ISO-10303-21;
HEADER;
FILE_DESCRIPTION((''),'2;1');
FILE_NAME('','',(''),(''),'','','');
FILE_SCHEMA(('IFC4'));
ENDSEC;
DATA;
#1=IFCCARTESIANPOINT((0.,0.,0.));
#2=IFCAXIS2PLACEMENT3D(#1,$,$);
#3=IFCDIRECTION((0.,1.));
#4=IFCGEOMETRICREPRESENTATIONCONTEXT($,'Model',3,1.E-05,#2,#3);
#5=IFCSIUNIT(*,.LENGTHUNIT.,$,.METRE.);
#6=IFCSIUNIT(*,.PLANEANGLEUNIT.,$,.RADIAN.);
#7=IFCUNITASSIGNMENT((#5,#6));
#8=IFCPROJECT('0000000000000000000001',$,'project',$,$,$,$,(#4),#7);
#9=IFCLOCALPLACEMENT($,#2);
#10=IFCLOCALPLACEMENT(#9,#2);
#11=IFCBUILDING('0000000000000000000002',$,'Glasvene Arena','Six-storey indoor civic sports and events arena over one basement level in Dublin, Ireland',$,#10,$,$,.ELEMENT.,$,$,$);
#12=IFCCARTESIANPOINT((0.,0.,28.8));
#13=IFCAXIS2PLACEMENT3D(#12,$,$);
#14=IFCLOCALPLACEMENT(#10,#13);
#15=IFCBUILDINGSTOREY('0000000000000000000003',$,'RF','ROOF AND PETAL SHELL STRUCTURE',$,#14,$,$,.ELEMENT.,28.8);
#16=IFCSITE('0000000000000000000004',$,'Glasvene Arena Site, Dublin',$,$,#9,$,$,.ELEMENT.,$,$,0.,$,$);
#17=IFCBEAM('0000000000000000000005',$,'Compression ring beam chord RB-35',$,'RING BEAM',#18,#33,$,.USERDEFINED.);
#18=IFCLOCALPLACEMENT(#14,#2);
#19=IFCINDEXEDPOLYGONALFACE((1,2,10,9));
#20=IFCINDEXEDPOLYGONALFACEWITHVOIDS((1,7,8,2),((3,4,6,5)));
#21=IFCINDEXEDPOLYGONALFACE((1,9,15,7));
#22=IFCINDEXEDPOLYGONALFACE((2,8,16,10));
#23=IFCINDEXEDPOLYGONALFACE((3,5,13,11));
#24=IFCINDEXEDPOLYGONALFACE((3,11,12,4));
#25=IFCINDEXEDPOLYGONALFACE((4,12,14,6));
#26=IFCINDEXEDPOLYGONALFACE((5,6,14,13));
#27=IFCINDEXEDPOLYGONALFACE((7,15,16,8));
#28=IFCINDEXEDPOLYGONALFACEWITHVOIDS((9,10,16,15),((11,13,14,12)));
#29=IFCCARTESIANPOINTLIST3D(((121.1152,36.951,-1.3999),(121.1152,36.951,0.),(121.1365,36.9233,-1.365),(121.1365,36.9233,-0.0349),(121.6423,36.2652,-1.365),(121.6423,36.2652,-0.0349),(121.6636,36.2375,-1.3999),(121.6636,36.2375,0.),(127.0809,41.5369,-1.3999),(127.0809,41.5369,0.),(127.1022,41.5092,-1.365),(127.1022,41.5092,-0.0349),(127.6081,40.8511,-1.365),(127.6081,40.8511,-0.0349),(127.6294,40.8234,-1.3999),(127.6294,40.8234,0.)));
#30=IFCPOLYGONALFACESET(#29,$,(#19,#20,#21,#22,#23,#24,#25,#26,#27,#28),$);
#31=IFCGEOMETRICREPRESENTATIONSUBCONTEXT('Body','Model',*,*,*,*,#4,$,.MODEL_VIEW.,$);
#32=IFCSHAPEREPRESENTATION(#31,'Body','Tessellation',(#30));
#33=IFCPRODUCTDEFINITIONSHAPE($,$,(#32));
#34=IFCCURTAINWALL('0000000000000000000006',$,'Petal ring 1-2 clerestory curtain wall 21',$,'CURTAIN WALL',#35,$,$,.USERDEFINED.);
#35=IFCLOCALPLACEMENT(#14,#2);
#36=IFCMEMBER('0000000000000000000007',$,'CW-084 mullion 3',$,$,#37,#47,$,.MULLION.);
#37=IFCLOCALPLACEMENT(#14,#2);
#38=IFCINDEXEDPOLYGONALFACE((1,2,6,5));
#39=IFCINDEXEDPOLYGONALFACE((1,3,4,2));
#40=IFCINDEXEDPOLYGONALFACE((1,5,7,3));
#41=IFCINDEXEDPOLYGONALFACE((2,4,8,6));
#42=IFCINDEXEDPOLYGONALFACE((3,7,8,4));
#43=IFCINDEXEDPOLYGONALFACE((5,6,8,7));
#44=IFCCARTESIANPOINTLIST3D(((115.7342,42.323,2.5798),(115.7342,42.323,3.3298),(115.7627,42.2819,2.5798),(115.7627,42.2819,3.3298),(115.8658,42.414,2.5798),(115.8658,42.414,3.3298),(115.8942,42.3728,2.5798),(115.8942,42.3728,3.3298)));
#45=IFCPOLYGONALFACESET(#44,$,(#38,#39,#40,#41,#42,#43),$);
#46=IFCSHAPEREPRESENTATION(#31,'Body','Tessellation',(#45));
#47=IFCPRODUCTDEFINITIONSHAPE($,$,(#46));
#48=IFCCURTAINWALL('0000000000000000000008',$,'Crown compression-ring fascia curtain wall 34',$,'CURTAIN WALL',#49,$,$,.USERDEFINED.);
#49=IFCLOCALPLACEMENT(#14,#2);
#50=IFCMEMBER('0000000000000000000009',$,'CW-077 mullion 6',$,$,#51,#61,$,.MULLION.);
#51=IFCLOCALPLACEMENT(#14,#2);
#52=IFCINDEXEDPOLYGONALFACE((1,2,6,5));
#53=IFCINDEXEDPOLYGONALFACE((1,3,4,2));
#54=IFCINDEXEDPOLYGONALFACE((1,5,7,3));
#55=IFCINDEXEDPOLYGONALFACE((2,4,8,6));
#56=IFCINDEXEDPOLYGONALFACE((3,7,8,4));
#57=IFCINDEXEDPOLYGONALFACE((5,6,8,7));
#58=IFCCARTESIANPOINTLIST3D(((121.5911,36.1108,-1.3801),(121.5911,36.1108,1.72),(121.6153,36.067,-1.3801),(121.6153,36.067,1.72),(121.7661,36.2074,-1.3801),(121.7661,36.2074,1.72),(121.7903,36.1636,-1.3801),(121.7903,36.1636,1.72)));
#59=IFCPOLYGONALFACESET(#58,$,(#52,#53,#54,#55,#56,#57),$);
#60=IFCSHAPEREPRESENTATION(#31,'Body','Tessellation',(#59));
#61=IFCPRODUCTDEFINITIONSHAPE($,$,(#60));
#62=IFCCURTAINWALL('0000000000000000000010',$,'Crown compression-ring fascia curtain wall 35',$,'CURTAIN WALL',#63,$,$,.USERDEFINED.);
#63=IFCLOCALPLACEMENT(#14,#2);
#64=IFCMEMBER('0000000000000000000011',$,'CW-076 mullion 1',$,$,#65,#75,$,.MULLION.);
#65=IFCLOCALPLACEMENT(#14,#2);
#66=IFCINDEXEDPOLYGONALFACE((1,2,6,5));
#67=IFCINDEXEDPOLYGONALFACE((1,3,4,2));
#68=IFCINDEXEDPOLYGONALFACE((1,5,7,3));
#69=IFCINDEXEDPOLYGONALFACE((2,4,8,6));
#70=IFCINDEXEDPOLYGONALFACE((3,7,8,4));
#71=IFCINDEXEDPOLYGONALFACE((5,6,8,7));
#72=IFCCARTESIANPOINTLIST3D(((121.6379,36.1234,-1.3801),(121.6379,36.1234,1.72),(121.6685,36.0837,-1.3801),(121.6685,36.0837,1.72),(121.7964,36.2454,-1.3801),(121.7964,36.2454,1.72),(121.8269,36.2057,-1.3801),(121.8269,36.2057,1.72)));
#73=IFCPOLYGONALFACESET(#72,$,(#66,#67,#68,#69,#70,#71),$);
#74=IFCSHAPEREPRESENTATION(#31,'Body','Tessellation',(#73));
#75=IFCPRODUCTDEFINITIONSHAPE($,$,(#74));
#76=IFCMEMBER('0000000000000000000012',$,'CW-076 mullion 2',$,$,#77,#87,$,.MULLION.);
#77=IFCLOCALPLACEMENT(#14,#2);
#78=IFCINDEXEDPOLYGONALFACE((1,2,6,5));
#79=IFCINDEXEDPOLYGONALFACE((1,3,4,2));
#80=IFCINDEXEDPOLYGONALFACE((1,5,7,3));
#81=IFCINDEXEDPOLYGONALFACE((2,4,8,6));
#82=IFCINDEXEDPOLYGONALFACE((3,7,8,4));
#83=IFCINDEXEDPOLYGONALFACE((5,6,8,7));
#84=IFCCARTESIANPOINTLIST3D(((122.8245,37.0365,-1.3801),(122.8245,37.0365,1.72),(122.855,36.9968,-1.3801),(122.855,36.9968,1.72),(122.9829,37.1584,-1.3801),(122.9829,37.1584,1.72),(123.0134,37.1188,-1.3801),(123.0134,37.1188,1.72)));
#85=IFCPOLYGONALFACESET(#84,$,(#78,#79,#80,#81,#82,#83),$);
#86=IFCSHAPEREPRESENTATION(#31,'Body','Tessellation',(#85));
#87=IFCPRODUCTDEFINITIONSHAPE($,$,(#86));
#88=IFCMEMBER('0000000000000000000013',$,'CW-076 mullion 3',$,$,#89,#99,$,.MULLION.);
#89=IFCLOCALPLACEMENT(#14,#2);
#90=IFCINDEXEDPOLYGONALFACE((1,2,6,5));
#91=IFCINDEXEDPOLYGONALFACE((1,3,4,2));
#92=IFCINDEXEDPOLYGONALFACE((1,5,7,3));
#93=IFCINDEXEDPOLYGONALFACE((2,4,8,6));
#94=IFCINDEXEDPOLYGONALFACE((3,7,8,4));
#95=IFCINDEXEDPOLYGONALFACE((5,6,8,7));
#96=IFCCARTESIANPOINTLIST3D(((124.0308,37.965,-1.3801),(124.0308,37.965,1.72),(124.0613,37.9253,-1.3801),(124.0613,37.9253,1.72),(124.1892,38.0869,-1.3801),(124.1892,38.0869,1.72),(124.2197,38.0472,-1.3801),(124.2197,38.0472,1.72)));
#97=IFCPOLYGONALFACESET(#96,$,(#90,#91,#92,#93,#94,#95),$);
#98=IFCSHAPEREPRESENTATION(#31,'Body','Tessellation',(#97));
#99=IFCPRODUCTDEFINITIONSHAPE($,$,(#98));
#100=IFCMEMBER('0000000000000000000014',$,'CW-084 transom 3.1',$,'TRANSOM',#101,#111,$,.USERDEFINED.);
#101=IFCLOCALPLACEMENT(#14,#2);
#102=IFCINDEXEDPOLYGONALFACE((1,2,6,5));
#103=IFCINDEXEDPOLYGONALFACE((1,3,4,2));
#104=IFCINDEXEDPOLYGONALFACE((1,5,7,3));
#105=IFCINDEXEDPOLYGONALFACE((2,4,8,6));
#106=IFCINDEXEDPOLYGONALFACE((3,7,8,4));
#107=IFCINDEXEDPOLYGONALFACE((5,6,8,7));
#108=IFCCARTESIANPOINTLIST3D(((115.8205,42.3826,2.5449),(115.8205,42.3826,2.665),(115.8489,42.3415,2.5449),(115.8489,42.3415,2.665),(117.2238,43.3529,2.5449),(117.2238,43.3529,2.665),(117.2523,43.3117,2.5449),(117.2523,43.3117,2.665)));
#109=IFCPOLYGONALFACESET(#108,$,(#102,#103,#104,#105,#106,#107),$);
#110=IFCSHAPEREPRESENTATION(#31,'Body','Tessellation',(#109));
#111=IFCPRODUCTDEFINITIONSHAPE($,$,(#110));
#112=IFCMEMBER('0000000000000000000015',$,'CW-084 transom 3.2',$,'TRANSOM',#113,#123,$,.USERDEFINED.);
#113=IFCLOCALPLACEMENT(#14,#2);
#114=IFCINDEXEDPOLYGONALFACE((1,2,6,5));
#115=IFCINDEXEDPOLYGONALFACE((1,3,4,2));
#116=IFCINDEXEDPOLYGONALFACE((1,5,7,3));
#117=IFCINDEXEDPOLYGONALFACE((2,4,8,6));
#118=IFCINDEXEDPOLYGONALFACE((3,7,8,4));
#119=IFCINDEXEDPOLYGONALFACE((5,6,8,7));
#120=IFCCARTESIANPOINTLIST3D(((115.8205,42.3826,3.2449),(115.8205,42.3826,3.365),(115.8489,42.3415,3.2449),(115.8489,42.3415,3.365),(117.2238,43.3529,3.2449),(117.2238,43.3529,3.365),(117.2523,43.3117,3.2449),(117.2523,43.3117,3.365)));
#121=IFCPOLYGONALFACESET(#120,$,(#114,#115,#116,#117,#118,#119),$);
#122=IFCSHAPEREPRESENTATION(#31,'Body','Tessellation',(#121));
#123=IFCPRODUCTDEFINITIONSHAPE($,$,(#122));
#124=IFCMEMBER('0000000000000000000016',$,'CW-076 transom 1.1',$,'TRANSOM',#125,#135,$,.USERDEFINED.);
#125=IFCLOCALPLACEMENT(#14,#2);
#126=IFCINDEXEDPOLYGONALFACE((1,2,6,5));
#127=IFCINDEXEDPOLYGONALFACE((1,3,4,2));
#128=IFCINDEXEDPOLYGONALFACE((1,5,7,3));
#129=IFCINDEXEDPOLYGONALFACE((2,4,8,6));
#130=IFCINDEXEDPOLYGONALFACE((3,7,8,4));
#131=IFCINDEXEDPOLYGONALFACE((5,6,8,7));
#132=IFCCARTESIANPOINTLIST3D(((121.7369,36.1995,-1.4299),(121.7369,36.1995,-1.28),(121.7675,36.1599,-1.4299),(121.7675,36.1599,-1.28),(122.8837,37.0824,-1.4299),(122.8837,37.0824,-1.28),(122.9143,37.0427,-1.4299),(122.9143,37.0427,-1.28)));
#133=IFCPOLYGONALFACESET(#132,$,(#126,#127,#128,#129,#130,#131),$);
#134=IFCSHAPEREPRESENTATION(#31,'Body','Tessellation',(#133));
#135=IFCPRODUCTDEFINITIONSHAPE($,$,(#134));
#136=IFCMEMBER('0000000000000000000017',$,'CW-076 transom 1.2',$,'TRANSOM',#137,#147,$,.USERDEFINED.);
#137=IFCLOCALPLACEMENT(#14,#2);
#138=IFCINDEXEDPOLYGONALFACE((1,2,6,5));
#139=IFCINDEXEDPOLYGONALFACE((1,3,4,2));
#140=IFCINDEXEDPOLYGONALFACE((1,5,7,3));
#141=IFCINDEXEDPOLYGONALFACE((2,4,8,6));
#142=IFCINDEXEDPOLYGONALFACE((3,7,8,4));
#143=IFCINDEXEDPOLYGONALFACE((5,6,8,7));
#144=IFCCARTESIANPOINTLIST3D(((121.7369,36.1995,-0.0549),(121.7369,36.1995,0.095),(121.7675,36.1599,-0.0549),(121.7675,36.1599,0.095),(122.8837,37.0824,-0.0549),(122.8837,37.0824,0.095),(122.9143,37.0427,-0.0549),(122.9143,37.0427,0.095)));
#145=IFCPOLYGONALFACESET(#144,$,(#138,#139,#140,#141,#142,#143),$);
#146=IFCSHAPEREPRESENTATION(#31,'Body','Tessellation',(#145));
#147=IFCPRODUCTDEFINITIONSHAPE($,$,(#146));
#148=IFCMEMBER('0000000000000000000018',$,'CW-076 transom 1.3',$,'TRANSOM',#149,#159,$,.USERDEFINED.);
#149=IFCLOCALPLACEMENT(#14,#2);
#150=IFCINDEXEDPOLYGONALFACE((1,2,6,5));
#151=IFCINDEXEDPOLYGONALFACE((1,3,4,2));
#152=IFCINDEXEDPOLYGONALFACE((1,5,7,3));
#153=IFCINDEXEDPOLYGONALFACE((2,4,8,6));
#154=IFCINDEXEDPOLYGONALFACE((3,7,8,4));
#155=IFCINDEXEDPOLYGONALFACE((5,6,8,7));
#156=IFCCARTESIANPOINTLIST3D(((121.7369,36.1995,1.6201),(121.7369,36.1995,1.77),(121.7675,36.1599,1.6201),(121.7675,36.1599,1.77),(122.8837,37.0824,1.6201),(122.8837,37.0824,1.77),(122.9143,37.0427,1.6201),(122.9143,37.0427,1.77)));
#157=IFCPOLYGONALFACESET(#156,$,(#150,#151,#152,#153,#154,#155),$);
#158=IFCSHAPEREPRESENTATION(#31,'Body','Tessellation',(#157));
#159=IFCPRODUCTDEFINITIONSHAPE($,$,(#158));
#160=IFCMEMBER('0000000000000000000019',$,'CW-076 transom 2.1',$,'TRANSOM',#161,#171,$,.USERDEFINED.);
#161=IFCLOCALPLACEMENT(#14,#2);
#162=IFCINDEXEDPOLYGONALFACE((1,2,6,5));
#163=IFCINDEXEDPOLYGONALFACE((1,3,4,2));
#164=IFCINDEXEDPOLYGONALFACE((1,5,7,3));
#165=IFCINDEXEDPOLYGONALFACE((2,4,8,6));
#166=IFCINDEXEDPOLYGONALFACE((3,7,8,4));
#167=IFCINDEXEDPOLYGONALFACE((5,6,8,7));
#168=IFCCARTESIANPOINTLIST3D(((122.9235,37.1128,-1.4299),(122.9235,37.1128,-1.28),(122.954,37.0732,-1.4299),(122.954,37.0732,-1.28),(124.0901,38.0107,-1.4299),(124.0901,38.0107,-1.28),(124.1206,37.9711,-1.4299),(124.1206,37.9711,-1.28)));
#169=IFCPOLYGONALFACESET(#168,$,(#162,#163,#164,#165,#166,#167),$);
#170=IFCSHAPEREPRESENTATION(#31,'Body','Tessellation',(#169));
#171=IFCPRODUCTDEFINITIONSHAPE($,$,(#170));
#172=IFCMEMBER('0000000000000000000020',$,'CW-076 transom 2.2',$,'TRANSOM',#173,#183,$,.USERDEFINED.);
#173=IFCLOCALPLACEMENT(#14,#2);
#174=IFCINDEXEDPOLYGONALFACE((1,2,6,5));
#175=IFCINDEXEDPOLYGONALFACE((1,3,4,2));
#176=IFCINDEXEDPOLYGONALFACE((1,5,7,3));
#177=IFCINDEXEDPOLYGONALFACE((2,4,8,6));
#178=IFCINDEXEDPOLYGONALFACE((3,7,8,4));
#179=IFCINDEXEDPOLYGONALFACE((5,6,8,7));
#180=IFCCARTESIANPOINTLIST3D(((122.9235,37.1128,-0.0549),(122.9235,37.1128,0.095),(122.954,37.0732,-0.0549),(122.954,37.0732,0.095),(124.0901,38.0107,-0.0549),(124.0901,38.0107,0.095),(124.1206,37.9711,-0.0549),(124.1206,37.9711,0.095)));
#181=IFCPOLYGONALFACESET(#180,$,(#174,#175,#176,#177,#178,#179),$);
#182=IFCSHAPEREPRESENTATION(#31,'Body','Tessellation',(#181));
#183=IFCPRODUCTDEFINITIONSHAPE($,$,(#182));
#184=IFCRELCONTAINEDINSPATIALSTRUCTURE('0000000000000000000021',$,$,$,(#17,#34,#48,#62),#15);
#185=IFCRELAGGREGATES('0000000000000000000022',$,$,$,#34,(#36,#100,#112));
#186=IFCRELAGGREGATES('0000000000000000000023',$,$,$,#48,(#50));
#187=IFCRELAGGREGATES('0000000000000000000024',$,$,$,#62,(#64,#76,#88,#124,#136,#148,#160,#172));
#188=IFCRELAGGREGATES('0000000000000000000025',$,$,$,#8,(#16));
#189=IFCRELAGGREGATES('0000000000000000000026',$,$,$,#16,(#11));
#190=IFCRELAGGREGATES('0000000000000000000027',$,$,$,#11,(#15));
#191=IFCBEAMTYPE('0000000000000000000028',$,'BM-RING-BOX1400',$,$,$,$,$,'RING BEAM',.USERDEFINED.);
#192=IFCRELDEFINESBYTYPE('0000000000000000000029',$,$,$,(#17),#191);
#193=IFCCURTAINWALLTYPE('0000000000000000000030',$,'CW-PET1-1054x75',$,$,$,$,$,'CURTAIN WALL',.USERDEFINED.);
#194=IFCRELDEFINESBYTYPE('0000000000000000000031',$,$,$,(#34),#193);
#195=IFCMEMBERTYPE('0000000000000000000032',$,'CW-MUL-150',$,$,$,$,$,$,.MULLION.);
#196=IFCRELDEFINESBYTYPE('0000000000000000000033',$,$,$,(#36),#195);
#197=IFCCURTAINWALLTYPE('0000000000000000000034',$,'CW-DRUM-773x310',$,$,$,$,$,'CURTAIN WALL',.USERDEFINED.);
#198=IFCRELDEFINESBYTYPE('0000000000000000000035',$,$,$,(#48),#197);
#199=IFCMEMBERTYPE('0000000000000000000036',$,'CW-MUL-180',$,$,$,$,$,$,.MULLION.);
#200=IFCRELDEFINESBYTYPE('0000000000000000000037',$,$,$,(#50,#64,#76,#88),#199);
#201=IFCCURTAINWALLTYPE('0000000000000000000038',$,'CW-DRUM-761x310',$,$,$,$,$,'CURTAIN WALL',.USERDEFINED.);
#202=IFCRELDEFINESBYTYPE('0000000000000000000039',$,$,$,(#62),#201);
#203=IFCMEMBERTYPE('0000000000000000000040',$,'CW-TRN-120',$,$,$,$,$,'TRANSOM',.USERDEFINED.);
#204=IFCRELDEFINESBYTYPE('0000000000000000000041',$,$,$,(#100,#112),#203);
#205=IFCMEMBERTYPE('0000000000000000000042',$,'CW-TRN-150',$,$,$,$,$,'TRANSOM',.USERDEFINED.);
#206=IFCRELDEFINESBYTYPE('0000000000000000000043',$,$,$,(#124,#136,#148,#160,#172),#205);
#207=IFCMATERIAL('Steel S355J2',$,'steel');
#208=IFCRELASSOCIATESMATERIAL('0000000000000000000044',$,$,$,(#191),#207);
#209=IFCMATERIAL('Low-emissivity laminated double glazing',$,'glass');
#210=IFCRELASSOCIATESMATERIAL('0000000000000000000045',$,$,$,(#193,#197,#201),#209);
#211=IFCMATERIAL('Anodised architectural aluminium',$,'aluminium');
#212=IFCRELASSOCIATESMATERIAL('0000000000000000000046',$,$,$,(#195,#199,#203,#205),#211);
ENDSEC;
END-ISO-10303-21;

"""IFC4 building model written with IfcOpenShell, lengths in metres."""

from ifc_helpers import new_model, si_unit, direction, frame, origin, origin_2d, place, context, subcontext, project, spatial, rectangle, hollow_rectangle, extrude, material, material_profile, profile_set, type_object, element, aggregate, save


model = new_model("IFC4")

# Units and contexts
model_context = context("Model", 3, precision=1e-05, world=origin(), true_north=direction((0.0, 1.0)))
body_context = subcontext(model_context, "Body", "Model", "MODEL_VIEW")
ifc_project = project(units=[si_unit("LENGTHUNIT", "METRE"), si_unit("PLANEANGLEUNIT", "RADIAN")], contexts=[model_context])

# Site, building, storey
site_placement = place(None, origin())
site = spatial("IfcSite", under=ifc_project, at=site_placement, Name="Glasvene Arena Site, Dublin", CompositionType="ELEMENT", RefElevation=0.0)
building_placement = place(site_placement, origin())
building = spatial("IfcBuilding", under=site, at=building_placement, Name="Glasvene Arena", Description="Six-storey indoor civic sports and events arena over one basement level in Dublin, Ireland", CompositionType="ELEMENT")
storey_placement = place(building_placement, frame((0.0, 0.0, 28.8)))
storey = spatial("IfcBuildingStorey", under=building, at=storey_placement, Name="RF", Description="ROOF AND PETAL SHELL STRUCTURE", CompositionType="ELEMENT", Elevation=28.8)

# Beam
ifc_material_1 = material(Name="Steel S355J2", Category="steel")
ifc_material_profile_1 = material_profile(ifc_material_1, hollow_rectangle(XDim=0.8999, YDim=1.3999, WallThickness=0.0349, at=origin_2d()), Name="WBOX 900x1400x35")
ifc_profile_set_1 = profile_set([ifc_material_profile_1], Name="Steel S355J2")
beam_type = type_object("IfcBeamType", Name="BM-RING-BOX1400", ElementType="RING BEAM", PredefinedType="USERDEFINED", material=ifc_profile_set_1)
beam_placement = place(storey_placement, frame((121.3894, 36.5942, -0.7), z_axis=(0.792827, 0.609447, 0.0), x_axis=(-0.609447, 0.792827, 0.0)))
element("IfcBeam", 1, at=beam_placement, inside=storey, type_object=beam_type, Name="Compression ring beam chord RB-35", ObjectType="RING BEAM", PredefinedType="USERDEFINED", context=body_context, shape_type="SweptSolid", body=[
    extrude(hollow_rectangle(XDim=0.8999, YDim=1.3999, WallThickness=0.0349, at=origin_2d()), origin(), (0.0, 0.0, 1.0), 7.5247),
])

# Curtain walls, members
ifc_material_2 = material(Name="Low-emissivity laminated double glazing", Category="glass")
curtain_wall_type_1 = type_object("IfcCurtainWallType", Name="CW-PET1-1054x75", ElementType="CURTAIN WALL", PredefinedType="USERDEFINED", material=ifc_material_2)
curtain_wall_1_placement = place(storey_placement, frame((112.925, 40.3508, 0.0)))
curtain_wall_1 = element("IfcCurtainWall", 2, at=curtain_wall_1_placement, inside=storey, type_object=curtain_wall_type_1, Name="Petal ring 1-2 clerestory curtain wall 21", ObjectType="CURTAIN WALL", PredefinedType="USERDEFINED")
ifc_material_3 = material(Name="Anodised architectural aluminium", Category="aluminium")
ifc_material_profile_2 = material_profile(ifc_material_3, rectangle(XDim=0.05, YDim=0.1599, at=origin_2d()), Name="ALU MULLION 50x160")
ifc_profile_set_2 = profile_set([ifc_material_profile_2], Name="Anodised architectural aluminium")
member_type_1 = type_object("IfcMemberType", Name="CW-MUL-150", PredefinedType="MULLION", material=ifc_profile_set_2)
member_1_placement = place(storey_placement, frame((115.8142, 42.3479, 2.5798), z_axis=(0.0, 0.0, 1.0), x_axis=(-0.568619, 0.822601, 0.0)))
member_1 = element("IfcMember", 3, at=member_1_placement, type_object=member_type_1, Name="CW-084 mullion 3", PredefinedType="MULLION", context=body_context, shape_type="SweptSolid", body=[
    extrude(rectangle(XDim=0.05, YDim=0.1599, at=origin_2d()), origin(), (0.0, 0.0, 1.0), 0.75),
])
curtain_wall_type_2 = type_object("IfcCurtainWallType", Name="CW-DRUM-773x310", ElementType="CURTAIN WALL", PredefinedType="USERDEFINED", material=ifc_material_2)
curtain_wall_2_placement = place(storey_placement, frame((114.9492, 32.4148, 0.0)))
curtain_wall_2 = element("IfcCurtainWall", 4, at=curtain_wall_2_placement, inside=storey, type_object=curtain_wall_type_2, Name="Crown compression-ring fascia curtain wall 34", ObjectType="CURTAIN WALL", PredefinedType="USERDEFINED")
ifc_material_profile_3 = material_profile(ifc_material_3, rectangle(XDim=0.05, YDim=0.2, at=origin_2d()), Name="ALU MULLION 50x200")
ifc_profile_set_3 = profile_set([ifc_material_profile_3], Name="Anodised architectural aluminium")
member_type_2 = type_object("IfcMemberType", Name="CW-MUL-180", PredefinedType="MULLION", material=ifc_profile_set_3)
member_2_placement = place(storey_placement, frame((121.6907, 36.1372, -1.3801), z_axis=(0.0, 0.0, 1.0), x_axis=(-0.483387, 0.875407, 0.0)))
member_2 = element("IfcMember", 5, at=member_2_placement, type_object=member_type_2, Name="CW-077 mullion 6", PredefinedType="MULLION", context=body_context, shape_type="SweptSolid", body=[
    extrude(rectangle(XDim=0.05, YDim=0.2, at=origin_2d()), origin(), (0.0, 0.0, 1.0), 3.1001),
])

# Curtain wall, members
curtain_wall_type_3 = type_object("IfcCurtainWallType", Name="CW-DRUM-761x310", ElementType="CURTAIN WALL", PredefinedType="USERDEFINED", material=ifc_material_2)
curtain_wall_3_placement = place(storey_placement, frame((121.7124, 36.1494, 0.0)))
curtain_wall_3 = element("IfcCurtainWall", 6, at=curtain_wall_3_placement, inside=storey, type_object=curtain_wall_type_3, Name="Crown compression-ring fascia curtain wall 35", ObjectType="CURTAIN WALL", PredefinedType="USERDEFINED")
member_3_placement = place(storey_placement, frame((121.7324, 36.1646, -1.3801), z_axis=(0.0, 0.0, 1.0), x_axis=(-0.609895, 0.792482, 0.0)))
member_3 = element("IfcMember", 7, at=member_3_placement, type_object=member_type_2, Name="CW-076 mullion 1", PredefinedType="MULLION", context=body_context, shape_type="SweptSolid", body=[
    extrude(rectangle(XDim=0.05, YDim=0.2, at=origin_2d()), origin(), (0.0, 0.0, 1.0), 3.1001),
])
member_4_placement = place(storey_placement, frame((122.9189, 37.0776, -1.3801), z_axis=(0.0, 0.0, 1.0), x_axis=(-0.609895, 0.792482, 0.0)))
member_4 = element("IfcMember", 8, at=member_4_placement, type_object=member_type_2, Name="CW-076 mullion 2", PredefinedType="MULLION", context=body_context, shape_type="SweptSolid", body=[
    extrude(rectangle(XDim=0.05, YDim=0.2, at=origin_2d()), origin(), (0.0, 0.0, 1.0), 3.1001),
])
member_5_placement = place(storey_placement, frame((124.1252, 38.0061, -1.3801), z_axis=(0.0, 0.0, 1.0), x_axis=(-0.609895, 0.792482, 0.0)))
member_5 = element("IfcMember", 9, at=member_5_placement, type_object=member_type_2, Name="CW-076 mullion 3", PredefinedType="MULLION", context=body_context, shape_type="SweptSolid", body=[
    extrude(rectangle(XDim=0.05, YDim=0.2, at=origin_2d()), origin(), (0.0, 0.0, 1.0), 3.1001),
])

# Members
ifc_material_profile_4 = material_profile(ifc_material_3, rectangle(XDim=0.05, YDim=0.1201, at=origin_2d()), Name="ALU TRANSOM 50x120")
ifc_profile_set_4 = profile_set([ifc_material_profile_4], Name="Anodised architectural aluminium")
member_type_3 = type_object("IfcMemberType", Name="CW-TRN-120", ElementType="TRANSOM", PredefinedType="USERDEFINED", material=ifc_profile_set_4)
member_6_placement = place(storey_placement, frame((115.8347, 42.3621, 2.605), z_axis=(0.822553, 0.568689, 0.0), x_axis=(-0.568689, 0.822553, 0.0)))
member_6 = element("IfcMember", 10, at=member_6_placement, type_object=member_type_3, Name="CW-084 transom 3.1", ObjectType="TRANSOM", PredefinedType="USERDEFINED", context=body_context, shape_type="SweptSolid", body=[
    extrude(rectangle(XDim=0.05, YDim=0.1201, at=origin_2d()), origin(), (0.0, 0.0, 1.0), 1.7061),
])
member_7_placement = place(storey_placement, frame((115.8347, 42.3621, 3.3049), z_axis=(0.822553, 0.568689, 0.0), x_axis=(-0.568689, 0.822553, 0.0)))
member_7 = element("IfcMember", 11, at=member_7_placement, type_object=member_type_3, Name="CW-084 transom 3.2", ObjectType="TRANSOM", PredefinedType="USERDEFINED", context=body_context, shape_type="SweptSolid", body=[
    extrude(rectangle(XDim=0.05, YDim=0.1201, at=origin_2d()), origin(), (0.0, 0.0, 1.0), 1.7061),
])
ifc_material_profile_5 = material_profile(ifc_material_3, rectangle(XDim=0.05, YDim=0.1499, at=origin_2d()), Name="ALU TRANSOM 50x150")
ifc_profile_set_5 = profile_set([ifc_material_profile_5], Name="Anodised architectural aluminium")
member_type_4 = type_object("IfcMemberType", Name="CW-TRN-150", ElementType="TRANSOM", PredefinedType="USERDEFINED", material=ifc_profile_set_5)
member_8_placement = place(storey_placement, frame((121.7522, 36.1797, -1.355), z_axis=(0.792386, 0.610021, 0.0), x_axis=(-0.610021, 0.792386, 0.0)))
member_8 = element("IfcMember", 12, at=member_8_placement, type_object=member_type_4, Name="CW-076 transom 1.1", ObjectType="TRANSOM", PredefinedType="USERDEFINED", context=body_context, shape_type="SweptSolid", body=[
    extrude(rectangle(XDim=0.05, YDim=0.1499, at=origin_2d()), origin(), (0.0, 0.0, 1.0), 1.4473),
])
member_9_placement = place(storey_placement, frame((121.7522, 36.1797, 0.02), z_axis=(0.792386, 0.610021, 0.0), x_axis=(-0.610021, 0.792386, 0.0)))
member_9 = element("IfcMember", 13, at=member_9_placement, type_object=member_type_4, Name="CW-076 transom 1.2", ObjectType="TRANSOM", PredefinedType="USERDEFINED", context=body_context, shape_type="SweptSolid", body=[
    extrude(rectangle(XDim=0.05, YDim=0.1499, at=origin_2d()), origin(), (0.0, 0.0, 1.0), 1.4473),
])
member_10_placement = place(storey_placement, frame((121.7522, 36.1797, 1.6951), z_axis=(0.792386, 0.610021, 0.0), x_axis=(-0.610021, 0.792386, 0.0)))
member_10 = element("IfcMember", 14, at=member_10_placement, type_object=member_type_4, Name="CW-076 transom 1.3", ObjectType="TRANSOM", PredefinedType="USERDEFINED", context=body_context, shape_type="SweptSolid", body=[
    extrude(rectangle(XDim=0.05, YDim=0.1499, at=origin_2d()), origin(), (0.0, 0.0, 1.0), 1.4473),
])
member_11_placement = place(storey_placement, frame((122.9387, 37.093, -1.355), z_axis=(0.792476, 0.609903, 0.0), x_axis=(-0.609903, 0.792476, 0.0)))
member_11 = element("IfcMember", 15, at=member_11_placement, type_object=member_type_4, Name="CW-076 transom 2.1", ObjectType="TRANSOM", PredefinedType="USERDEFINED", context=body_context, shape_type="SweptSolid", body=[
    extrude(rectangle(XDim=0.05, YDim=0.1499, at=origin_2d()), origin(), (0.0, 0.0, 1.0), 1.4722),
])
member_12_placement = place(storey_placement, frame((122.9387, 37.093, 0.02), z_axis=(0.792476, 0.609903, 0.0), x_axis=(-0.609903, 0.792476, 0.0)))
member_12 = element("IfcMember", 16, at=member_12_placement, type_object=member_type_4, Name="CW-076 transom 2.2", ObjectType="TRANSOM", PredefinedType="USERDEFINED", context=body_context, shape_type="SweptSolid", body=[
    extrude(rectangle(XDim=0.05, YDim=0.1499, at=origin_2d()), origin(), (0.0, 0.0, 1.0), 1.4722),
])

aggregate(curtain_wall_1, [member_1, member_6, member_7])
aggregate(curtain_wall_2, [member_2])
aggregate(curtain_wall_3, [member_3, member_4, member_5, member_8, member_9, member_10, member_11, member_12])

save(model, "model.ifc")
